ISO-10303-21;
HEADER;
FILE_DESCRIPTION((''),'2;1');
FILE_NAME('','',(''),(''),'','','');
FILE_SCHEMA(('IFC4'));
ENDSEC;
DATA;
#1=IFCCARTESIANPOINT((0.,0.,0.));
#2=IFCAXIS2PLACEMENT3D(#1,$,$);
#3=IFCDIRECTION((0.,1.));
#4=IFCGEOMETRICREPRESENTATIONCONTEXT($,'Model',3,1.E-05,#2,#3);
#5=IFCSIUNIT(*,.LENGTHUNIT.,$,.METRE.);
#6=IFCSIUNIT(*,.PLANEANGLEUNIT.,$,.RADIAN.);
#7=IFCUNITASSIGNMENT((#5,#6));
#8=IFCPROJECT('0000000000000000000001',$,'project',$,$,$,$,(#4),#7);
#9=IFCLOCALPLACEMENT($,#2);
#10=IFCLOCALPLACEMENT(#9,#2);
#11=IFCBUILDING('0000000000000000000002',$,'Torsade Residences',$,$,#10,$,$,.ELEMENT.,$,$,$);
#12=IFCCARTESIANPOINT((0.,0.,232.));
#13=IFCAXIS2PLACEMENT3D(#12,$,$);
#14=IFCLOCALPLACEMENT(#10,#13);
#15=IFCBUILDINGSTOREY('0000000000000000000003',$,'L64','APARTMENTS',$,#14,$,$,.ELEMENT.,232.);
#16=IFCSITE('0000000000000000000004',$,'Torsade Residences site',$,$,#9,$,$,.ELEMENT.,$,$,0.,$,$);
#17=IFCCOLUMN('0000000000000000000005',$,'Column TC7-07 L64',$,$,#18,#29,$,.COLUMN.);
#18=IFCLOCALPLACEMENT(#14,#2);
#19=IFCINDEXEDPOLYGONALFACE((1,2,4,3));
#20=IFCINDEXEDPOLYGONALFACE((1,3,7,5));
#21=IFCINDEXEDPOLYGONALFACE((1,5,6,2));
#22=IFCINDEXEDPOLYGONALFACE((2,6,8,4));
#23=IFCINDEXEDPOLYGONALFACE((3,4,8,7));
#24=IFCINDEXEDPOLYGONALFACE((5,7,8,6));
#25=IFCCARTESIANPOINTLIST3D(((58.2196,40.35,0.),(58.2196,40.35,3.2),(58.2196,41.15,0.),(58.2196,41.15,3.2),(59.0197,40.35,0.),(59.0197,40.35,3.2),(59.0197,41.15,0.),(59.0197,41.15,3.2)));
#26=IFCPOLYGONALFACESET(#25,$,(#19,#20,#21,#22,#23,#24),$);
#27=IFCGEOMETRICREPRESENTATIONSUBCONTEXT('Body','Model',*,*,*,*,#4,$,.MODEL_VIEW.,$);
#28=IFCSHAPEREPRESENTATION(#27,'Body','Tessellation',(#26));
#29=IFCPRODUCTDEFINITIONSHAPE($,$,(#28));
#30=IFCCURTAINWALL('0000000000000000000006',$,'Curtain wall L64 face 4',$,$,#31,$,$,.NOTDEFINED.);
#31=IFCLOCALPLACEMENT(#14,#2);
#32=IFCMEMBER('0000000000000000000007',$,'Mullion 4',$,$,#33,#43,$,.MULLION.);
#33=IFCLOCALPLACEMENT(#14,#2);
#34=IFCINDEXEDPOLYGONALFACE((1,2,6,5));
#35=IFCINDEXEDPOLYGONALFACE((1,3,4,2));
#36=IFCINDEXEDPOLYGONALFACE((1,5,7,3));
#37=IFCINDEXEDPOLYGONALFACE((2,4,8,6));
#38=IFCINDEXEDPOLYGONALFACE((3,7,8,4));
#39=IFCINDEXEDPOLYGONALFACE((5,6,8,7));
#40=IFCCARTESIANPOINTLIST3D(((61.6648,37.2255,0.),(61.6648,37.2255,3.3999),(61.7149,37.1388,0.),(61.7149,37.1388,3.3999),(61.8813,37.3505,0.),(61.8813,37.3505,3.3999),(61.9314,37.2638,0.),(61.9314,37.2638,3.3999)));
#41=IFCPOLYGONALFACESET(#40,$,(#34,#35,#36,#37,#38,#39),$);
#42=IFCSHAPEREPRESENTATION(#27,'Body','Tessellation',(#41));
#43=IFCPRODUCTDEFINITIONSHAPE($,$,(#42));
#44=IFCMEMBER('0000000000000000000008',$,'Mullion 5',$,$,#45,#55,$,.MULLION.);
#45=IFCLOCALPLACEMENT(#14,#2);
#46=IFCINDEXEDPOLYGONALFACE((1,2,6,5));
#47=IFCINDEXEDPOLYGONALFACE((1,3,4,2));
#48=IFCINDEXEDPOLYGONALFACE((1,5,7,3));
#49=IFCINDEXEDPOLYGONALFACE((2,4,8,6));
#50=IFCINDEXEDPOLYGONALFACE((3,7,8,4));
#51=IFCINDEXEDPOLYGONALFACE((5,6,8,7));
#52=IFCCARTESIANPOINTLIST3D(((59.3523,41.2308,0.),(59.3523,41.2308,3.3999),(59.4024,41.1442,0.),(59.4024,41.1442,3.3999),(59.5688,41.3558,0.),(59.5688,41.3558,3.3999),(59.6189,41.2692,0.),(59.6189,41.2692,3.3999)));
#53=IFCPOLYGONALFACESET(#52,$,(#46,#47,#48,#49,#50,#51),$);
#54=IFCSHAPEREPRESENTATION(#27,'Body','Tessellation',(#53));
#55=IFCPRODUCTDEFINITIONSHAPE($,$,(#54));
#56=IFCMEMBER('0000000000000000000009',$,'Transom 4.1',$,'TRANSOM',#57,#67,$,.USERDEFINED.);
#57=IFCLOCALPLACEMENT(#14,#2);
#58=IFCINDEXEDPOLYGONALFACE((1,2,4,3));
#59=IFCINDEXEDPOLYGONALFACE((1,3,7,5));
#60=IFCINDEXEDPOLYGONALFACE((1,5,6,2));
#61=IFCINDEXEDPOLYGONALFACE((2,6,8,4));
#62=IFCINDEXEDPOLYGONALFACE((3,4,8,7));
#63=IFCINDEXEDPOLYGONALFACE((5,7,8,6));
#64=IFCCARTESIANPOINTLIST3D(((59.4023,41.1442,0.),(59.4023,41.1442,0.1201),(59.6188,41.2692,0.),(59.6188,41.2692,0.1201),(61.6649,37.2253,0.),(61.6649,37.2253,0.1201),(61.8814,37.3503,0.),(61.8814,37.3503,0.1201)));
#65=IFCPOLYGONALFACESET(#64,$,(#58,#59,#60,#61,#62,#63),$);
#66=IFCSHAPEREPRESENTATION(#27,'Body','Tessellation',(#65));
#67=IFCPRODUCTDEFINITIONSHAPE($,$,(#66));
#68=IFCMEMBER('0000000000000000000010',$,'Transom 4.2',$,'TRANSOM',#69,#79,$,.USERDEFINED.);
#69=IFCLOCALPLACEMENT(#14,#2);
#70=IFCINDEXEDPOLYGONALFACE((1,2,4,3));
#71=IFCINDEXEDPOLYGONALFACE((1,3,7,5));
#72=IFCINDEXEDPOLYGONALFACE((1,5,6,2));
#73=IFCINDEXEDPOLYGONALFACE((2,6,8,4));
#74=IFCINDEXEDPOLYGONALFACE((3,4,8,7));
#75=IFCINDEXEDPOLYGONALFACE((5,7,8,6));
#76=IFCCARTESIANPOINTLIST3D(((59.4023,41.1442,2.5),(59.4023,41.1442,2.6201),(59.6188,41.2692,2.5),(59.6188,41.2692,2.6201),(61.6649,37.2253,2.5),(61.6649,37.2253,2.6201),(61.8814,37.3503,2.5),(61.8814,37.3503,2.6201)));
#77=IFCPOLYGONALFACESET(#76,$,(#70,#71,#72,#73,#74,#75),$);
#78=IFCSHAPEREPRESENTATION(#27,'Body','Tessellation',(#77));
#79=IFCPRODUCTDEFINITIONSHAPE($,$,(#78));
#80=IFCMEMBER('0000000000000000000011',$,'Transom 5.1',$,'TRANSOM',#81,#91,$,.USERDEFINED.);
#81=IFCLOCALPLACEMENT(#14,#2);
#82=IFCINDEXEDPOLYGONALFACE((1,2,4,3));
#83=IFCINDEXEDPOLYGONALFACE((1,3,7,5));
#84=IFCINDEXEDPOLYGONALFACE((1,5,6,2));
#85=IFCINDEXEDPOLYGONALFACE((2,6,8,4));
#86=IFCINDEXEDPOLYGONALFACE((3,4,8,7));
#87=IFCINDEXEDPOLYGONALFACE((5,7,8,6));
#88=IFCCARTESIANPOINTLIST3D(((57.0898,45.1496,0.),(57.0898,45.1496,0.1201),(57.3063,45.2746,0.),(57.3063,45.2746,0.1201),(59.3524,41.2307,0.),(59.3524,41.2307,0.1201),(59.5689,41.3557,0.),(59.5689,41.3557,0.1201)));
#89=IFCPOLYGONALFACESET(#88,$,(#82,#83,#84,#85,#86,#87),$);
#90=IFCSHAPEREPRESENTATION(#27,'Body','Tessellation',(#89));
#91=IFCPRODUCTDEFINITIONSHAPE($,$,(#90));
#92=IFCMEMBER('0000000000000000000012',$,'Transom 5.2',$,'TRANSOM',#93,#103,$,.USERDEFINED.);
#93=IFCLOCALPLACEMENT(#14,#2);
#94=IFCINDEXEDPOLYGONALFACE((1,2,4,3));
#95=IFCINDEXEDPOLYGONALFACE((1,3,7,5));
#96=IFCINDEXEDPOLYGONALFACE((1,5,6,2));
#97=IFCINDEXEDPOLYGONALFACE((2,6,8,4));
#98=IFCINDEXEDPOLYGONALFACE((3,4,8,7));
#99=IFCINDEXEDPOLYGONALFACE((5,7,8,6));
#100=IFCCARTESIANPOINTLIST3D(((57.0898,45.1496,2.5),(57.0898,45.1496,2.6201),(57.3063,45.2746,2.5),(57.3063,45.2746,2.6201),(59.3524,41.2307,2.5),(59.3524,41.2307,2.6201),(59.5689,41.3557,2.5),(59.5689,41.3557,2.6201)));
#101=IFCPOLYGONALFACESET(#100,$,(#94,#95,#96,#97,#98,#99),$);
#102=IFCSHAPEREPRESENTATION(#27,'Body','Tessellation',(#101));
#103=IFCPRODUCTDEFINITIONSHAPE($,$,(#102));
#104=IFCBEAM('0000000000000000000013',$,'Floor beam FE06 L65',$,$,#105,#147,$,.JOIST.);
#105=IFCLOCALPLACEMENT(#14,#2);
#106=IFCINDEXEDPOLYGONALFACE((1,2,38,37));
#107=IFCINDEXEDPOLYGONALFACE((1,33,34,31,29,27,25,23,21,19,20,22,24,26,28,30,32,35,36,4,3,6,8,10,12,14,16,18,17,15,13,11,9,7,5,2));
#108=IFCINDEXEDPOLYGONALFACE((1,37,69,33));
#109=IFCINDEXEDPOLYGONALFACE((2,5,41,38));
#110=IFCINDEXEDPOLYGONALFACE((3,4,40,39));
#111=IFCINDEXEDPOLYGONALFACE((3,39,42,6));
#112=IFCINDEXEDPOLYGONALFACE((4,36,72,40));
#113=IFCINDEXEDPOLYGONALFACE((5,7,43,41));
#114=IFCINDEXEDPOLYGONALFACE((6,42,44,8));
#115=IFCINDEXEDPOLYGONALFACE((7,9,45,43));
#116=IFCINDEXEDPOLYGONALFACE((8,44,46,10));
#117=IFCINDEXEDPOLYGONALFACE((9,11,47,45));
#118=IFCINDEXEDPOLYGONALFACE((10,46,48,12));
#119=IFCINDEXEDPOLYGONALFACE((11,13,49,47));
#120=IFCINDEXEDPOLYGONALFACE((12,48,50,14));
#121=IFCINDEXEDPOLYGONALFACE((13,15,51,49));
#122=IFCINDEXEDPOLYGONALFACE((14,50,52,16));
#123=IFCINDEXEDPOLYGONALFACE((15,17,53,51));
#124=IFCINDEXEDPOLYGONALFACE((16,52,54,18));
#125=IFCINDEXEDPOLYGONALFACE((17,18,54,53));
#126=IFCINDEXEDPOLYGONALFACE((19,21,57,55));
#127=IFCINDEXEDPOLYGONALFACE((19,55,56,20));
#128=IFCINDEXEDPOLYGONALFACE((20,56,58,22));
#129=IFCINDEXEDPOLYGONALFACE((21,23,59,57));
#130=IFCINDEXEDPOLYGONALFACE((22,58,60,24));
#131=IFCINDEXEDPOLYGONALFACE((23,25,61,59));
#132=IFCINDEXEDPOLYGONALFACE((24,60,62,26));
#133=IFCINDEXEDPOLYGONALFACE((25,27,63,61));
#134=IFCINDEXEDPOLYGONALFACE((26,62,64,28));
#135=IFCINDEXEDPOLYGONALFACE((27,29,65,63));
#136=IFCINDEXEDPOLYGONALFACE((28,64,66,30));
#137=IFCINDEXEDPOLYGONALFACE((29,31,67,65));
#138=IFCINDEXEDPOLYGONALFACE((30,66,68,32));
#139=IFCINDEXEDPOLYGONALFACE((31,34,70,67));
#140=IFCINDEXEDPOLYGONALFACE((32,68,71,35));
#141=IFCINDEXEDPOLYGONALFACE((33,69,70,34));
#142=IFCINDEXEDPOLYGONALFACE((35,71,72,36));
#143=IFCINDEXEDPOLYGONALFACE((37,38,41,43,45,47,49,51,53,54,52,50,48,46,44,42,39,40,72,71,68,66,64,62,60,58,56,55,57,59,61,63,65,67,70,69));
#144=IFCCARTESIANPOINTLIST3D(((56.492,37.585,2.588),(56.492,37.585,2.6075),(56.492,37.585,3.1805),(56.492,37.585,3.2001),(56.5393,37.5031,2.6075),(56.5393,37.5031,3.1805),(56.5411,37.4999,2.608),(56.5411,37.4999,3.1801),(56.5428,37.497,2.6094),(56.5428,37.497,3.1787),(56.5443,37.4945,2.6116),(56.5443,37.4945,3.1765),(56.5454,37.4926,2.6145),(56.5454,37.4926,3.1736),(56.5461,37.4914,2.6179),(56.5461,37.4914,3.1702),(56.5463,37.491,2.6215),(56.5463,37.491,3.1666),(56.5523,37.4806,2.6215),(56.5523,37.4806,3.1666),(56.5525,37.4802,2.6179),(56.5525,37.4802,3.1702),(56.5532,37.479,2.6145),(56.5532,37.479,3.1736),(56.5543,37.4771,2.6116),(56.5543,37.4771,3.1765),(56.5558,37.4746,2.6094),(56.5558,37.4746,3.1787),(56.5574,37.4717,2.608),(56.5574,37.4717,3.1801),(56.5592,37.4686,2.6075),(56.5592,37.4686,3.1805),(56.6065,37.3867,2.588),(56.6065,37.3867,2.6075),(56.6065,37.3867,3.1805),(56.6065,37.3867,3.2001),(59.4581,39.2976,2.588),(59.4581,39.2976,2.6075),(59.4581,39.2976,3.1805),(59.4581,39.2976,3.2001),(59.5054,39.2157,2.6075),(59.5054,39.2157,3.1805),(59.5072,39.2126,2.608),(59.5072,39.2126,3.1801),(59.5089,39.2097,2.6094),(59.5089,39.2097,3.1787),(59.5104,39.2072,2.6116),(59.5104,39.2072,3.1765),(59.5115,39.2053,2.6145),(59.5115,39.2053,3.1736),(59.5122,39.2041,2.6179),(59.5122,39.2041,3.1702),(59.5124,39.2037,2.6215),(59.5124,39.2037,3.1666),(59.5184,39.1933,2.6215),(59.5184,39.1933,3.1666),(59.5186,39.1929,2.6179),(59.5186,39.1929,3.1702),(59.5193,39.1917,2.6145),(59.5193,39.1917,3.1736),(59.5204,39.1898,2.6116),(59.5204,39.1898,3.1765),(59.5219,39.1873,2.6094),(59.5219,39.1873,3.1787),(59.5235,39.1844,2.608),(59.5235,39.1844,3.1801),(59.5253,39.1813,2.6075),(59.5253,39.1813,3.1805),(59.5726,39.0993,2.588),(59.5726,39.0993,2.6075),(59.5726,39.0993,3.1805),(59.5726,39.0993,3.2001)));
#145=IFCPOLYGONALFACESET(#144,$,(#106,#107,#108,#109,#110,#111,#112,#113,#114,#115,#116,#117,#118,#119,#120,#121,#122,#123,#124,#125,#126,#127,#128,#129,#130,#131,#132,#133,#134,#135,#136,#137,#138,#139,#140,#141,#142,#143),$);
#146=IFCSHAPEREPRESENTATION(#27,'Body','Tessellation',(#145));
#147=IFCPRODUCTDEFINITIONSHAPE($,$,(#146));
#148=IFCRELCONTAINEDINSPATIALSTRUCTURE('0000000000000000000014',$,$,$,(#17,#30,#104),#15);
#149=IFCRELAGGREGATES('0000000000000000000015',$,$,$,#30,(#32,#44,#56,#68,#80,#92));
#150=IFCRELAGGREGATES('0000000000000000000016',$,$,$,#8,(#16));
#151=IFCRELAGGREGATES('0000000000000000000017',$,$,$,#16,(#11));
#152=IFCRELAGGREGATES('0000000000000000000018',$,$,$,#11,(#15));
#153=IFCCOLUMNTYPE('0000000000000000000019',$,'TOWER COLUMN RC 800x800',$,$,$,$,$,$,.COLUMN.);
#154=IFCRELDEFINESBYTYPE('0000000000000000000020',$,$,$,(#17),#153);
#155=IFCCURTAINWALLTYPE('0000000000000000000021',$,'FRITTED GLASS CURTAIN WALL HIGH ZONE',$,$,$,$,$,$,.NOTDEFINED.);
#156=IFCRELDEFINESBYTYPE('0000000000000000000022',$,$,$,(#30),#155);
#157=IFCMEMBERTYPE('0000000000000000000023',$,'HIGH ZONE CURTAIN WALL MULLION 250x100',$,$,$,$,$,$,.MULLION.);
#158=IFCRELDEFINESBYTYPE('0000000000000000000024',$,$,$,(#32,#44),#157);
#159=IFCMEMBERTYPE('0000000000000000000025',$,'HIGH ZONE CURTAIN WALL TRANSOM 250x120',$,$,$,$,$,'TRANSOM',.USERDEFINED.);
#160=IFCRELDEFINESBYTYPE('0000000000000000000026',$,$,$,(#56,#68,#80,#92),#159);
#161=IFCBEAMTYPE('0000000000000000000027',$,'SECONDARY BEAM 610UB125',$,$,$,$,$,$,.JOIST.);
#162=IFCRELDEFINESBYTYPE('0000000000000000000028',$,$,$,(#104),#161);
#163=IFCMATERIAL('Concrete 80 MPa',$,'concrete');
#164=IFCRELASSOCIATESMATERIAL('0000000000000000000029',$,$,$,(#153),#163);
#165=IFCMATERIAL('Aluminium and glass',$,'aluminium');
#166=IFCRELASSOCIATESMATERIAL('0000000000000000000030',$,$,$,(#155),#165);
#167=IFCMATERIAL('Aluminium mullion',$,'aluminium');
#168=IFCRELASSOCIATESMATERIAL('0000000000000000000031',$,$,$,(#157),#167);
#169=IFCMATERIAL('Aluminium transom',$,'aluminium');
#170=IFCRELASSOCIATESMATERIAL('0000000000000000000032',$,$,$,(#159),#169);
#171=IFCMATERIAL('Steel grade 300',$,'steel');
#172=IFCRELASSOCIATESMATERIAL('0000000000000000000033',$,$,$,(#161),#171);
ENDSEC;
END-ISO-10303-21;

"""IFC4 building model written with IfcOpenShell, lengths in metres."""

from ifc_helpers import new_model, si_unit, direction, frame, origin, origin_2d, place, context, subcontext, project, spatial, rectangle, i_section, extrude, material, material_profile, profile_set, type_object, element, aggregate, save


model = new_model("IFC4")

# Units and contexts
model_context = context("Model", 3, precision=1e-05, world=origin(), true_north=direction((0.0, 1.0)))
body_context = subcontext(model_context, "Body", "Model", "MODEL_VIEW")
ifc_project = project(units=[si_unit("LENGTHUNIT", "METRE"), si_unit("PLANEANGLEUNIT", "RADIAN")], contexts=[model_context])

# Site, building, storey
site_placement = place(None, origin())
site = spatial("IfcSite", under=ifc_project, at=site_placement, Name="Torsade Residences site", CompositionType="ELEMENT", RefElevation=0.0)
building_placement = place(site_placement, origin())
building = spatial("IfcBuilding", under=site, at=building_placement, Name="Torsade Residences", CompositionType="ELEMENT")
storey_placement = place(building_placement, frame((0.0, 0.0, 232.0)))
storey = spatial("IfcBuildingStorey", under=building, at=storey_placement, Name="L64", Description="APARTMENTS", CompositionType="ELEMENT", Elevation=232.0)

# Column
ifc_material_1 = material(Name="Concrete 80 MPa", Category="concrete")
ifc_material_profile_1 = material_profile(ifc_material_1, rectangle(XDim=0.8, YDim=0.8, at=origin_2d()), Name="RC 800x800")
ifc_profile_set_1 = profile_set([ifc_material_profile_1], Name="Concrete 80 MPa")
column_type = type_object("IfcColumnType", Name="TOWER COLUMN RC 800x800", PredefinedType="COLUMN", material=ifc_profile_set_1)
column_placement = place(storey_placement, frame((58.6196, 40.75, 0.0), z_axis=(0.0, 0.0, 1.0), x_axis=(1.0, 0.0, 0.0)))
element("IfcColumn", 1, at=column_placement, inside=storey, type_object=column_type, Name="Column TC7-07 L64", PredefinedType="COLUMN", context=body_context, shape_type="SweptSolid", body=[
    extrude(rectangle(XDim=0.8, YDim=0.8, at=origin_2d()), origin(), (0.0, 0.0, 1.0), 3.2),
])

# Curtain wall, members
ifc_material_2 = material(Name="Aluminium and glass", Category="aluminium")
curtain_wall_type = type_object("IfcCurtainWallType", Name="FRITTED GLASS CURTAIN WALL HIGH ZONE", PredefinedType="NOTDEFINED", material=ifc_material_2)
curtain_wall_placement = place(storey_placement, origin())
curtain_wall = element("IfcCurtainWall", 2, at=curtain_wall_placement, inside=storey, type_object=curtain_wall_type, Name="Curtain wall L64 face 4", PredefinedType="NOTDEFINED")
ifc_material_3 = material(Name="Aluminium mullion", Category="aluminium")
ifc_material_profile_2 = material_profile(ifc_material_3, rectangle(XDim=0.25, YDim=0.1001, at=origin_2d()), Name="HIGH ZONE CURTAIN WALL MULLION 250x100")
ifc_profile_set_2 = profile_set([ifc_material_profile_2], Name="Aluminium mullion")
member_type_1 = type_object("IfcMemberType", Name="HIGH ZONE CURTAIN WALL MULLION 250x100", PredefinedType="MULLION", material=ifc_profile_set_2)
member_1_placement = place(storey_placement, frame((61.7981, 37.2446, 0.0), z_axis=(0.0, 0.0, 1.0), x_axis=(-0.866025, -0.5, 0.0)))
member_1 = element("IfcMember", 3, at=member_1_placement, type_object=member_type_1, Name="Mullion 4", PredefinedType="MULLION", context=body_context, shape_type="SweptSolid", body=[
    extrude(rectangle(XDim=0.25, YDim=0.1001, at=origin_2d()), origin(), (0.0, 0.0, 1.0), 3.3999),
])
member_2_placement = place(storey_placement, frame((59.4856, 41.25, 0.0), z_axis=(0.0, 0.0, 1.0), x_axis=(-0.866025, -0.5, 0.0)))
member_2 = element("IfcMember", 4, at=member_2_placement, type_object=member_type_1, Name="Mullion 5", PredefinedType="MULLION", context=body_context, shape_type="SweptSolid", body=[
    extrude(rectangle(XDim=0.25, YDim=0.1001, at=origin_2d()), origin(), (0.0, 0.0, 1.0), 3.3999),
])
ifc_material_4 = material(Name="Aluminium transom", Category="aluminium")
ifc_material_profile_3 = material_profile(ifc_material_4, rectangle(XDim=0.25, YDim=0.1201, at=origin_2d()), Name="HIGH ZONE CURTAIN WALL TRANSOM 250x120")
ifc_profile_set_3 = profile_set([ifc_material_profile_3], Name="Aluminium transom")
member_type_2 = type_object("IfcMemberType", Name="HIGH ZONE CURTAIN WALL TRANSOM 250x120", ElementType="TRANSOM", PredefinedType="USERDEFINED", material=ifc_profile_set_3)
member_3_placement = place(storey_placement, frame((61.7732, 37.2878, 0.0601), z_axis=(-0.500015, 0.866017, 0.0), x_axis=(-0.866017, -0.500015, 0.0)))
member_3 = element("IfcMember", 5, at=member_3_placement, type_object=member_type_2, Name="Transom 4.1", ObjectType="TRANSOM", PredefinedType="USERDEFINED", context=body_context, shape_type="SweptSolid", body=[
    extrude(rectangle(XDim=0.25, YDim=0.1201, at=origin_2d()), origin(), (0.0, 0.0, 1.0), 4.5251),
])
member_4_placement = place(storey_placement, frame((61.7732, 37.2878, 2.5601), z_axis=(-0.500015, 0.866017, 0.0), x_axis=(-0.866017, -0.500015, 0.0)))
member_4 = element("IfcMember", 6, at=member_4_placement, type_object=member_type_2, Name="Transom 4.2", ObjectType="TRANSOM", PredefinedType="USERDEFINED", context=body_context, shape_type="SweptSolid", body=[
    extrude(rectangle(XDim=0.25, YDim=0.1201, at=origin_2d()), origin(), (0.0, 0.0, 1.0), 4.5251),
])
member_5_placement = place(storey_placement, frame((59.4607, 41.2932, 0.0601), z_axis=(-0.500015, 0.866017, 0.0), x_axis=(-0.866017, -0.500015, 0.0)))
member_5 = element("IfcMember", 7, at=member_5_placement, type_object=member_type_2, Name="Transom 5.1", ObjectType="TRANSOM", PredefinedType="USERDEFINED", context=body_context, shape_type="SweptSolid", body=[
    extrude(rectangle(XDim=0.25, YDim=0.1201, at=origin_2d()), origin(), (0.0, 0.0, 1.0), 4.5251),
])
member_6_placement = place(storey_placement, frame((59.4607, 41.2932, 2.5601), z_axis=(-0.500015, 0.866017, 0.0), x_axis=(-0.866017, -0.500015, 0.0)))
member_6 = element("IfcMember", 8, at=member_6_placement, type_object=member_type_2, Name="Transom 5.2", ObjectType="TRANSOM", PredefinedType="USERDEFINED", context=body_context, shape_type="SweptSolid", body=[
    extrude(rectangle(XDim=0.25, YDim=0.1201, at=origin_2d()), origin(), (0.0, 0.0, 1.0), 4.5251),
])

# Beam
ifc_material_5 = material(Name="Steel grade 300", Category="steel")
ifc_material_profile_4 = material_profile(ifc_material_5, i_section(OverallWidth=0.229, OverallDepth=0.6121, WebThickness=0.012, FlangeThickness=0.0195, FilletRadius=0.0139, at=origin_2d()), Name="610UB125")
ifc_profile_set_4 = profile_set([ifc_material_profile_4], Name="Steel grade 300")
beam_type_1 = type_object("IfcBeamType", Name="SECONDARY BEAM 610UB125", PredefinedType="JOIST", material=ifc_profile_set_4)
beam_1_placement = place(storey_placement, frame((59.5154, 39.1985, 2.894), z_axis=(-0.866002, -0.500041, 0.0), x_axis=(0.500041, -0.866002, 0.0)))
element("IfcBeam", 9, at=beam_1_placement, inside=storey, type_object=beam_type_1, Name="Floor beam FE06 L65", PredefinedType="JOIST", context=body_context, shape_type="SweptSolid", body=[
    extrude(i_section(OverallWidth=0.229, OverallDepth=0.6121, WebThickness=0.012, FlangeThickness=0.0195, FilletRadius=0.0139, at=origin_2d()), origin(), (0.0, 0.0, 1.0), 3.425),
])

aggregate(curtain_wall, [member_1, member_2, member_3, member_4, member_5, member_6])

save(model, "model.ifc")
